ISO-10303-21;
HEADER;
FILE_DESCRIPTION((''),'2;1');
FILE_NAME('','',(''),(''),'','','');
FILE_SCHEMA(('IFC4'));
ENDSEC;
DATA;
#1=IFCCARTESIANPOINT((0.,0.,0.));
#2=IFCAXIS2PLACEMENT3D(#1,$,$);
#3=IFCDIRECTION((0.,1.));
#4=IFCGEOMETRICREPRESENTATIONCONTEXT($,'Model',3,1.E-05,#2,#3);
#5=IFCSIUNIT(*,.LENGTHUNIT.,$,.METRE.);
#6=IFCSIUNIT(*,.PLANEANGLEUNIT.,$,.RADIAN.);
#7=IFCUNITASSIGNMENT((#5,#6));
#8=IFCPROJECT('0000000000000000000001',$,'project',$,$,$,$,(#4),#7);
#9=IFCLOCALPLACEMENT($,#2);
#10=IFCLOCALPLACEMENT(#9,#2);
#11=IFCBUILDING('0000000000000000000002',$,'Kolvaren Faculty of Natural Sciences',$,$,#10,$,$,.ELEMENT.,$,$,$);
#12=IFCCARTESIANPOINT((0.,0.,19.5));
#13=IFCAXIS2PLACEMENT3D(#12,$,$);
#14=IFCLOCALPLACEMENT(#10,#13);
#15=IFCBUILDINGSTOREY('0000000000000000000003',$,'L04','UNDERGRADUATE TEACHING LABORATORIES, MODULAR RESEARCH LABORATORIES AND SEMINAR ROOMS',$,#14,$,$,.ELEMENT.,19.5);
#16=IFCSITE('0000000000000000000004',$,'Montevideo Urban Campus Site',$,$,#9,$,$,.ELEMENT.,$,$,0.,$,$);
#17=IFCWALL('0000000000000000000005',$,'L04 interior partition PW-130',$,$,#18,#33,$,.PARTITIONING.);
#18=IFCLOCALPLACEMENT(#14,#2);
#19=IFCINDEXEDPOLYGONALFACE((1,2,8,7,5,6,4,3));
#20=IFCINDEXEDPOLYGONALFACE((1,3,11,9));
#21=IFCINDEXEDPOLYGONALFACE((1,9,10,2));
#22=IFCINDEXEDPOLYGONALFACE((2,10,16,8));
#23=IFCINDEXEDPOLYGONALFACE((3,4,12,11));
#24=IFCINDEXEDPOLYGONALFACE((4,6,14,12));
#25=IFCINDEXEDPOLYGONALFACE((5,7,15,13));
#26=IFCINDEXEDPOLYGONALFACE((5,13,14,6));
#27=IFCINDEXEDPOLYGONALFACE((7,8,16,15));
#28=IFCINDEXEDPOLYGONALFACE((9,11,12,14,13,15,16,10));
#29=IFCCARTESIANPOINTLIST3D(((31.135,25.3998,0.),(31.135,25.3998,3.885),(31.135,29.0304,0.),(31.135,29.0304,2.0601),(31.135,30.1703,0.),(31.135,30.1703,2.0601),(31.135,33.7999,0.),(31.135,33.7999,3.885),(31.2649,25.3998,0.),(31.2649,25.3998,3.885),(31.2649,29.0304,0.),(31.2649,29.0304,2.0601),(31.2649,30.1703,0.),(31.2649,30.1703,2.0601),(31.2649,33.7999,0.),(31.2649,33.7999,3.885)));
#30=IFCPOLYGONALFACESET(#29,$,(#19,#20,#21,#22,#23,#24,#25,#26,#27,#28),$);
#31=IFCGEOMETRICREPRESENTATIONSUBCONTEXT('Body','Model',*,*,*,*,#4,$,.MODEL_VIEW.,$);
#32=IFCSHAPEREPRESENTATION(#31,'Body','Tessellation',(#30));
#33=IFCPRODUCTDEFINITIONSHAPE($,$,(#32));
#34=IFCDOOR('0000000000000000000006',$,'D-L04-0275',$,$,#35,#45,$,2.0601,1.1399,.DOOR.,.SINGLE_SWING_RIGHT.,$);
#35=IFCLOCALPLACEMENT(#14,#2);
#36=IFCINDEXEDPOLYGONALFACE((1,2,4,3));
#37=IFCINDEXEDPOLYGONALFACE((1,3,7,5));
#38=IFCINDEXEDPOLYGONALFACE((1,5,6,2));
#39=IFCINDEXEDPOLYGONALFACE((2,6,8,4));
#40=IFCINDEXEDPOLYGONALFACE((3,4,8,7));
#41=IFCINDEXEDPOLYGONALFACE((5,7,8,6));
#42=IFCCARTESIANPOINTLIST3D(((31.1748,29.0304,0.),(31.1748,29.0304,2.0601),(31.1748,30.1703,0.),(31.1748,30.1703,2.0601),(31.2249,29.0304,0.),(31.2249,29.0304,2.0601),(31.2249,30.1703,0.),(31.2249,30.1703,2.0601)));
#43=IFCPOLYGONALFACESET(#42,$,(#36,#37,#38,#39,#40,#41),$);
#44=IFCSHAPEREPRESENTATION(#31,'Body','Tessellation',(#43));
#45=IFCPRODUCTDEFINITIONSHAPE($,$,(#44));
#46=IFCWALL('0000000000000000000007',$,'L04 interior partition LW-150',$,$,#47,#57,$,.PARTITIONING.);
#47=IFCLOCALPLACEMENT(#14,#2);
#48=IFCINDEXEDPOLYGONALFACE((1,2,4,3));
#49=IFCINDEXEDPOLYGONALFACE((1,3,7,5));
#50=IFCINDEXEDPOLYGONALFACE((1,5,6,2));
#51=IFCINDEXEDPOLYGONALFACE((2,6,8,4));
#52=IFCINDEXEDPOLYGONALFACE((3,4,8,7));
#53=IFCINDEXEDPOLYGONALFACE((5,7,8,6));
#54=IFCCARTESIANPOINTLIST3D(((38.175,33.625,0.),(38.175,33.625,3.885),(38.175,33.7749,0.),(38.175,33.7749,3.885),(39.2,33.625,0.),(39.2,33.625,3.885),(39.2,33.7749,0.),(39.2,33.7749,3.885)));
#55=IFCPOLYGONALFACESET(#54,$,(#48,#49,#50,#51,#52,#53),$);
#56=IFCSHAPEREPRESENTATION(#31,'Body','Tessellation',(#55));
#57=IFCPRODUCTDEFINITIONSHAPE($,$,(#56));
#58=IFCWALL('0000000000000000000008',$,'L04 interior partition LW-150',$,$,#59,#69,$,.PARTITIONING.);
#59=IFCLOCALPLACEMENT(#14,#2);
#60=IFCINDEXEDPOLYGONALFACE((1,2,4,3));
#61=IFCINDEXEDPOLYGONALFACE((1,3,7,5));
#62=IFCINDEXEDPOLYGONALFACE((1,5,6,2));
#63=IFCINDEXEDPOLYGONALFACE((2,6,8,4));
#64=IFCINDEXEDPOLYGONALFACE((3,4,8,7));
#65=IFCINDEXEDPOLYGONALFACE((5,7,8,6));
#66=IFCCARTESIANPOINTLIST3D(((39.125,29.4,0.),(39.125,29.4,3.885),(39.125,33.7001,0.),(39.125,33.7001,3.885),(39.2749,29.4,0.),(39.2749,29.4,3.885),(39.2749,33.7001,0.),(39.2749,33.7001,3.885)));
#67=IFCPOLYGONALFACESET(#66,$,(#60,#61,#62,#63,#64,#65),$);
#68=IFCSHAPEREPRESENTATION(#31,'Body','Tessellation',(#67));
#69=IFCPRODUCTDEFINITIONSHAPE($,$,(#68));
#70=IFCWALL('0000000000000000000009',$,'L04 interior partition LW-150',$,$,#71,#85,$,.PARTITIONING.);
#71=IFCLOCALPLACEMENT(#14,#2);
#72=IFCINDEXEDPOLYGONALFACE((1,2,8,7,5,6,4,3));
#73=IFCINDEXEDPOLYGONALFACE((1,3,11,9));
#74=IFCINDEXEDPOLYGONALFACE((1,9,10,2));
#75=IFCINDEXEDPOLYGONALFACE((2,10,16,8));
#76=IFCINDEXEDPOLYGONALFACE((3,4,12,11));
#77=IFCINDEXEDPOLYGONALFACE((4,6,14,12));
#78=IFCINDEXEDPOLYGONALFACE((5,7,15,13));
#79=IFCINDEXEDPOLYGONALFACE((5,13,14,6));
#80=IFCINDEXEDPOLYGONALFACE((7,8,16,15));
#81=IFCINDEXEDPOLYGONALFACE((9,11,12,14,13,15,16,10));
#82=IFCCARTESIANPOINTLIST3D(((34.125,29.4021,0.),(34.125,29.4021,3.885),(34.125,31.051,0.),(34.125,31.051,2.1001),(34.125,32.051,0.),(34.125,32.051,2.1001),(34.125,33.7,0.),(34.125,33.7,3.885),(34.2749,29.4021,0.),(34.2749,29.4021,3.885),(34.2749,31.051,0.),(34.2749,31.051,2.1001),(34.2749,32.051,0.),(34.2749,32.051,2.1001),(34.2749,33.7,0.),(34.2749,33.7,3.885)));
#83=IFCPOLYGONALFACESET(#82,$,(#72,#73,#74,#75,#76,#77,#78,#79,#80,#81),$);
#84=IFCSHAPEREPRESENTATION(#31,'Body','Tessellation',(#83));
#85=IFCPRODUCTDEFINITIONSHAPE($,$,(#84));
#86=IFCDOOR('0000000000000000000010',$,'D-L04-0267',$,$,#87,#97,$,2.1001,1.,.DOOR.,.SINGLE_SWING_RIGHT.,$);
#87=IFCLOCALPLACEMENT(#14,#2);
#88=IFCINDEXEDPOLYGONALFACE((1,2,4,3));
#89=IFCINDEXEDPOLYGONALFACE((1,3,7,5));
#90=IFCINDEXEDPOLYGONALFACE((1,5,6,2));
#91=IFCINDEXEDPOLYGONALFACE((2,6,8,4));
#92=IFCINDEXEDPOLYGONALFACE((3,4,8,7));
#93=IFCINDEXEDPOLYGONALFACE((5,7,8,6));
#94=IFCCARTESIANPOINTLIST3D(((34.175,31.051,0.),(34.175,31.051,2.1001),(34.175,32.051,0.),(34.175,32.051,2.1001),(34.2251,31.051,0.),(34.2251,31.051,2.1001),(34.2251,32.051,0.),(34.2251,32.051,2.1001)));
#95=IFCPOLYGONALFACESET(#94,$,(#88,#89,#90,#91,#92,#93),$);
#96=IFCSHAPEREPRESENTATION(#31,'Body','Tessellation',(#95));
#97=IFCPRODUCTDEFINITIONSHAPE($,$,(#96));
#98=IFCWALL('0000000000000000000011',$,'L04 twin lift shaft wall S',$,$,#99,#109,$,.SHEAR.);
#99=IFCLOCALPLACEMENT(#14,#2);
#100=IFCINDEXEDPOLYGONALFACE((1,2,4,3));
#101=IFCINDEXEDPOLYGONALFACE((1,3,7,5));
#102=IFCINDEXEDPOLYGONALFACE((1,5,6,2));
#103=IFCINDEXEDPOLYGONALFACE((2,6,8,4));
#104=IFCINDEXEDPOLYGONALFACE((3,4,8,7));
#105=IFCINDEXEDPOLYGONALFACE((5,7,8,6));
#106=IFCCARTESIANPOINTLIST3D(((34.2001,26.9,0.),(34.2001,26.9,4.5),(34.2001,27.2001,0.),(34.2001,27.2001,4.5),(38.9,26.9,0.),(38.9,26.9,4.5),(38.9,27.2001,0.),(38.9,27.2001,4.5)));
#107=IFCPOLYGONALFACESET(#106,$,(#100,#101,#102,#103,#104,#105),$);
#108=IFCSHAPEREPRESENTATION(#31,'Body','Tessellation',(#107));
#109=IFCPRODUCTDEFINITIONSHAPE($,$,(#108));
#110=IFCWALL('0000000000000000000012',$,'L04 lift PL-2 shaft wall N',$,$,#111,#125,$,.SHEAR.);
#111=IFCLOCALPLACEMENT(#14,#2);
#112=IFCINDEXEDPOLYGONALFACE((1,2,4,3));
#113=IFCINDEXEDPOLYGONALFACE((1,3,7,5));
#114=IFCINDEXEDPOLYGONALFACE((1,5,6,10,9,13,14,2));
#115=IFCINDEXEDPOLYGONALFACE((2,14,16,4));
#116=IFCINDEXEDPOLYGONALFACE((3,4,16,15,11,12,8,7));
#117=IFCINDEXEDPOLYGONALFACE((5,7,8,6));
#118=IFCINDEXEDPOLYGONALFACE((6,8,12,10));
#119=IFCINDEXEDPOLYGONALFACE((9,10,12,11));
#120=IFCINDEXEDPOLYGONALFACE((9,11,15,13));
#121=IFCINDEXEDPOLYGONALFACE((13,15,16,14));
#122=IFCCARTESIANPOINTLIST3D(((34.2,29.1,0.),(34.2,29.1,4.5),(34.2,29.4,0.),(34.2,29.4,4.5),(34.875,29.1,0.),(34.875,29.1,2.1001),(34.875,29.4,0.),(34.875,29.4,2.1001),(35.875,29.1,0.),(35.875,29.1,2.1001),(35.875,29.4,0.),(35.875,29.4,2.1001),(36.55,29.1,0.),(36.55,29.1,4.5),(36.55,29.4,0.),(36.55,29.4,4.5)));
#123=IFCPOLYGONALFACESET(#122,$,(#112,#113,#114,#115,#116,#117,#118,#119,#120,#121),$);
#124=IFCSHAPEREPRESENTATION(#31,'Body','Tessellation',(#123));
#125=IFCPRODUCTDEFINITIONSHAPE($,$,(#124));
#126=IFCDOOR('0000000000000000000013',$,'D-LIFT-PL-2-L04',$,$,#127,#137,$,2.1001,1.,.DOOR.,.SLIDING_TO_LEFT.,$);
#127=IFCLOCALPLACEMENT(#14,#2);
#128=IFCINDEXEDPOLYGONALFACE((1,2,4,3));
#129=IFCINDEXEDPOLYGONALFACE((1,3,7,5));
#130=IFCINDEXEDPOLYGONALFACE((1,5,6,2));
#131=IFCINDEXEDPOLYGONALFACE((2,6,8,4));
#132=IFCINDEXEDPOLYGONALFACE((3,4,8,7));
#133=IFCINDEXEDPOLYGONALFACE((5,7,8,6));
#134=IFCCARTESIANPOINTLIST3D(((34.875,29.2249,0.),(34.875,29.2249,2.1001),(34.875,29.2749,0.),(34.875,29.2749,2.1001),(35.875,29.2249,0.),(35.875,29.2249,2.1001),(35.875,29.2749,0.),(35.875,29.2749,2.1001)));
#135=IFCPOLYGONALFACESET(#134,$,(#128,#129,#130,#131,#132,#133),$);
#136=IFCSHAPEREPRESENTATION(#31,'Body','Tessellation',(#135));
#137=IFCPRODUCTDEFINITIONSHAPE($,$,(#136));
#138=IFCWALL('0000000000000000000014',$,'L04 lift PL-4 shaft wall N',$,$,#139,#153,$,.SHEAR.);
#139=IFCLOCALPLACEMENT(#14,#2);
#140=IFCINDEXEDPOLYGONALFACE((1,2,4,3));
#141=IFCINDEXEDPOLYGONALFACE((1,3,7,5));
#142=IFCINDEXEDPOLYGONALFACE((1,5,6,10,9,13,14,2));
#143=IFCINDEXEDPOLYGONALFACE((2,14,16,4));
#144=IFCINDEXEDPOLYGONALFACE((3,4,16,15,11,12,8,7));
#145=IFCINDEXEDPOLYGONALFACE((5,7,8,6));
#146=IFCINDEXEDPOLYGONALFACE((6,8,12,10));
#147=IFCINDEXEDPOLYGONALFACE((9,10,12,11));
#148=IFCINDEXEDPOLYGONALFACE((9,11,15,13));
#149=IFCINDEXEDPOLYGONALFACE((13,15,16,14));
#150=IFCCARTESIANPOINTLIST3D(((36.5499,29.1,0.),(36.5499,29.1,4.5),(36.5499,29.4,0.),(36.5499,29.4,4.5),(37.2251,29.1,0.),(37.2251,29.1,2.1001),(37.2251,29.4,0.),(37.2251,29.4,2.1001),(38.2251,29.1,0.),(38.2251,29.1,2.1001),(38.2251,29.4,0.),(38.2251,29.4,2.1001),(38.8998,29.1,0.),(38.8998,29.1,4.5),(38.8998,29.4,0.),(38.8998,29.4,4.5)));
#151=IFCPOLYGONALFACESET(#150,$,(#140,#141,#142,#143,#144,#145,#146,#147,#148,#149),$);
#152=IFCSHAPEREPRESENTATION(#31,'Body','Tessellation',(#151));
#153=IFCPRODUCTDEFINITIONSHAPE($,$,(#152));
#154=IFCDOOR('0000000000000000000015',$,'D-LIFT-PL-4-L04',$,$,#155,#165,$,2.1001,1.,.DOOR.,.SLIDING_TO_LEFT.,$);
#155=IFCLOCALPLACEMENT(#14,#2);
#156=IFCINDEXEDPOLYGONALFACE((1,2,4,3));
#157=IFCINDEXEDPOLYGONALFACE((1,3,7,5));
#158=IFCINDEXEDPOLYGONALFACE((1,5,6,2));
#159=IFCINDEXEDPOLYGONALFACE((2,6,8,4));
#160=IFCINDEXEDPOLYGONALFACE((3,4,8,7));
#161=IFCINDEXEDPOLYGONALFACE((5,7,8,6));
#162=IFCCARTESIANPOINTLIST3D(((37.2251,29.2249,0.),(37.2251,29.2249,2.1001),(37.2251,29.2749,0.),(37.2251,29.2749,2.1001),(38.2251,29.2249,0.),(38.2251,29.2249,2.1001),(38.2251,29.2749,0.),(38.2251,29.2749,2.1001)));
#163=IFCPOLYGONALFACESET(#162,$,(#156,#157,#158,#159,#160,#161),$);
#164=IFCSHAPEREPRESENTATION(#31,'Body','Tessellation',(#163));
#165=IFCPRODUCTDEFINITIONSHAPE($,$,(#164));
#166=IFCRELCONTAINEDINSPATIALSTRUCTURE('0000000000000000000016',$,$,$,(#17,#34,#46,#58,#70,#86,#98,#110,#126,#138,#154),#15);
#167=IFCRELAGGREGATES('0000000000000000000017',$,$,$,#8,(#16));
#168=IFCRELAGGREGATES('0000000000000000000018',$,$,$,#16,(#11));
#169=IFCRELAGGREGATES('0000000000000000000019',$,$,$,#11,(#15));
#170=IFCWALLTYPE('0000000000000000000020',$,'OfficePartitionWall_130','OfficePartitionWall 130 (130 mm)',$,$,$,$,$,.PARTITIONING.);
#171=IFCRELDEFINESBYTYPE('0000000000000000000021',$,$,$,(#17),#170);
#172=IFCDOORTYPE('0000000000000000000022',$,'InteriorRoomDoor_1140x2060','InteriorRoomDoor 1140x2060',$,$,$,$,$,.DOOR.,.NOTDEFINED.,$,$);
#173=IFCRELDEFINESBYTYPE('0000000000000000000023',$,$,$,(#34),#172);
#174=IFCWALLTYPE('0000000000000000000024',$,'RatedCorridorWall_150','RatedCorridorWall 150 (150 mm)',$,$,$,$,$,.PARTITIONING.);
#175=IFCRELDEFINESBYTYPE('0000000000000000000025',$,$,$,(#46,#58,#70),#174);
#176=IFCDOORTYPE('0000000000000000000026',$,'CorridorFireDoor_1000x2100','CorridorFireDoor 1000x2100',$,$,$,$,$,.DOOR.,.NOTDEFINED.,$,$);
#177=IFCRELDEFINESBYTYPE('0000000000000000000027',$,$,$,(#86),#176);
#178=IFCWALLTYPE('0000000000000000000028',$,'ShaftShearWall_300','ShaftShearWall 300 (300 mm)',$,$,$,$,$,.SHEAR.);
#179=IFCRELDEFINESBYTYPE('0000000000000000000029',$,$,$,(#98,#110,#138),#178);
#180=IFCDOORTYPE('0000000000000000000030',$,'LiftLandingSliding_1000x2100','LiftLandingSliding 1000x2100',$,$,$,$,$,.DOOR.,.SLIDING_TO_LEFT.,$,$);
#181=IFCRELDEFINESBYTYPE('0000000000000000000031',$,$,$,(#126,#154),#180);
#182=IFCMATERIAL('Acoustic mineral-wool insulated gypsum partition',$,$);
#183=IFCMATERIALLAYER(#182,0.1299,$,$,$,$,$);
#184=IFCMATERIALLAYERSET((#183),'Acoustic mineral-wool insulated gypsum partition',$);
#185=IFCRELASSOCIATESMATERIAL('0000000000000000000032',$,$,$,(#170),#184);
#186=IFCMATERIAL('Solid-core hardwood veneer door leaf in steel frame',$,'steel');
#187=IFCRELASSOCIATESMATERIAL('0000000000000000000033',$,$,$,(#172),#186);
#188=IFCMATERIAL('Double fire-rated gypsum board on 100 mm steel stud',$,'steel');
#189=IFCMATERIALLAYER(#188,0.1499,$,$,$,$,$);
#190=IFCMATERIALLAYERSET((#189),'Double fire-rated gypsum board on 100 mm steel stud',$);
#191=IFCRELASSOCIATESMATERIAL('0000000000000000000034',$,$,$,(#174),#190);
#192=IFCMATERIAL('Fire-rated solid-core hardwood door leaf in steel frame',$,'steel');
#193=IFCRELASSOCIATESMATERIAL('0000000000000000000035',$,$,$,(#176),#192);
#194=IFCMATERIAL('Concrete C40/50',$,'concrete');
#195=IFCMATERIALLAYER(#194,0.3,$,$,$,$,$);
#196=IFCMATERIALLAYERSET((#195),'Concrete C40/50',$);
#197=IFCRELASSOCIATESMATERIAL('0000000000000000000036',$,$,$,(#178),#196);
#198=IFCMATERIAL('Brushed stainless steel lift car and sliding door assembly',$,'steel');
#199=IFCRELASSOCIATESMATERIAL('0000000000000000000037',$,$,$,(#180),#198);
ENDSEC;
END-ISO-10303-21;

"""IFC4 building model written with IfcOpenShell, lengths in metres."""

from ifc_helpers import new_model, si_unit, direction, frame, frame_2d, origin, place, context, subcontext, project, spatial, rectangle, extrude, material, layer, layer_set, type_object, element, fill, save


model = new_model("IFC4")

# Units and contexts
model_context = context("Model", 3, precision=1e-05, world=origin(), true_north=direction((0.0, 1.0)))
body_context = subcontext(model_context, "Body", "Model", "MODEL_VIEW")
ifc_project = project(units=[si_unit("LENGTHUNIT", "METRE"), si_unit("PLANEANGLEUNIT", "RADIAN")], contexts=[model_context])

# Site, building, storey
site_placement = place(None, origin())
site = spatial("IfcSite", under=ifc_project, at=site_placement, Name="Montevideo Urban Campus Site", CompositionType="ELEMENT", RefElevation=0.0)
building_placement = place(site_placement, origin())
building = spatial("IfcBuilding", under=site, at=building_placement, Name="Kolvaren Faculty of Natural Sciences", CompositionType="ELEMENT")
storey_placement = place(building_placement, frame((0.0, 0.0, 19.5)))
storey = spatial("IfcBuildingStorey", under=building, at=storey_placement, Name="L04", Description="UNDERGRADUATE TEACHING LABORATORIES, MODULAR RESEARCH LABORATORIES AND SEMINAR ROOMS", CompositionType="ELEMENT", Elevation=19.5)

# Shared definitions
ifc_material_1 = material(Name="Concrete C40/50", Category="concrete")
ifc_material_2 = material(Name="Fire-rated solid-core hardwood door leaf in steel frame", Category="steel")

# Wall, opening, door
ifc_material_3 = material(Name="Acoustic mineral-wool insulated gypsum partition")
ifc_layer_1 = layer(ifc_material_3, 0.1299)
ifc_layer_set_1 = layer_set([ifc_layer_1], Name="Acoustic mineral-wool insulated gypsum partition")
wall_type_1 = type_object("IfcWallType", Name="OfficePartitionWall_130", Description="OfficePartitionWall 130 (130 mm)", PredefinedType="PARTITIONING", material=ifc_layer_set_1)
wall_1_placement = place(storey_placement, frame((31.2, 33.8, 0.0), z_axis=(0.0, 0.0, 1.0), x_axis=(0.0, -1.0, 0.0)))
wall_1 = element("IfcWall", 1, at=wall_1_placement, inside=storey, type_object=wall_type_1, Name="L04 interior partition PW-130", PredefinedType="PARTITIONING", context=body_context, shape_type="SweptSolid", body=[
    extrude(rectangle(XDim=8.4001, YDim=0.1299, at=frame_2d((4.2002, 0.0))), origin(), (0.0, 0.0, 1.0), 3.885),
])
opening_1_placement = place(wall_1_placement, frame((3.6299, 0.0, 0.0)))
opening_1 = element("IfcOpeningElement", 2, at=opening_1_placement, cuts=wall_1, PredefinedType="OPENING", context=body_context, shape_type="SweptSolid", body=[
    extrude(rectangle(XDim=1.1399, YDim=2.0601, at=frame_2d((0.5698, 1.03))), frame((0.0, 0.075, 0.0), z_axis=(0.0, -1.0, 0.0), x_axis=(1.0, 0.0, 0.0)), (0.0, 0.0, 1.0), 0.1499),
])
ifc_material_4 = material(Name="Solid-core hardwood veneer door leaf in steel frame", Category="steel")
door_type_1 = type_object("IfcDoorType", Name="InteriorRoomDoor_1140x2060", Description="InteriorRoomDoor 1140x2060", OperationType="NOTDEFINED", PredefinedType="DOOR", material=ifc_material_4)
door_1_placement = place(opening_1_placement, origin())
door_1 = element("IfcDoor", 3, at=door_1_placement, inside=storey, type_object=door_type_1, Name="D-L04-0275", OperationType="SINGLE_SWING_RIGHT", OverallHeight=2.0601, OverallWidth=1.1399, PredefinedType="DOOR", context=body_context, shape_type="SweptSolid", body=[
    extrude(rectangle(XDim=1.1399, YDim=2.0601, at=frame_2d((0.5698, 1.03))), frame((0.0, 0.0249, 0.0), z_axis=(0.0, -1.0, 0.0), x_axis=(1.0, 0.0, 0.0)), (0.0, 0.0, 1.0), 0.05),
])
fill(opening_1, door_1)

# Walls
ifc_material_5 = material(Name="Double fire-rated gypsum board on 100 mm steel stud", Category="steel")
ifc_layer_2 = layer(ifc_material_5, 0.1499)
ifc_layer_set_2 = layer_set([ifc_layer_2], Name="Double fire-rated gypsum board on 100 mm steel stud")
wall_type_2 = type_object("IfcWallType", Name="RatedCorridorWall_150", Description="RatedCorridorWall 150 (150 mm)", PredefinedType="PARTITIONING", material=ifc_layer_set_2)
wall_2_placement = place(storey_placement, frame((38.175, 33.7, 0.0), z_axis=(0.0, 0.0, 1.0), x_axis=(1.0, 0.0, 0.0)))
element("IfcWall", 4, at=wall_2_placement, inside=storey, type_object=wall_type_2, Name="L04 interior partition LW-150", PredefinedType="PARTITIONING", context=body_context, shape_type="SweptSolid", body=[
    extrude(rectangle(XDim=1.0249, YDim=0.1499, at=frame_2d((0.5125, 0.0))), origin(), (0.0, 0.0, 1.0), 3.885),
])
wall_3_placement = place(storey_placement, frame((39.2, 33.7, 0.0), z_axis=(0.0, 0.0, 1.0), x_axis=(0.0, -1.0, 0.0)))
element("IfcWall", 5, at=wall_3_placement, inside=storey, type_object=wall_type_2, Name="L04 interior partition LW-150", PredefinedType="PARTITIONING", context=body_context, shape_type="SweptSolid", body=[
    extrude(rectangle(XDim=4.3, YDim=0.1499, at=frame_2d((2.1499, 0.0))), origin(), (0.0, 0.0, 1.0), 3.885),
])

# Wall, opening, door
wall_4_placement = place(storey_placement, frame((34.2, 29.4021, 0.0), z_axis=(0.0, 0.0, 1.0), x_axis=(0.0, 1.0, 0.0)))
wall_4 = element("IfcWall", 6, at=wall_4_placement, inside=storey, type_object=wall_type_2, Name="L04 interior partition LW-150", PredefinedType="PARTITIONING", context=body_context, shape_type="SweptSolid", body=[
    extrude(rectangle(XDim=4.2979, YDim=0.1499, at=frame_2d((2.1489, 0.0))), origin(), (0.0, 0.0, 1.0), 3.885),
])
opening_2_placement = place(wall_4_placement, frame((1.6489, 0.0, 0.0)))
opening_2 = element("IfcOpeningElement", 7, at=opening_2_placement, cuts=wall_4, PredefinedType="OPENING", context=body_context, shape_type="SweptSolid", body=[
    extrude(rectangle(XDim=1.0, YDim=2.1001, at=frame_2d((0.5, 1.05))), frame((0.0, 0.085, 0.0), z_axis=(0.0, -1.0, 0.0), x_axis=(1.0, 0.0, 0.0)), (0.0, 0.0, 1.0), 0.1699),
])
door_type_2 = type_object("IfcDoorType", Name="CorridorFireDoor_1000x2100", Description="CorridorFireDoor 1000x2100", OperationType="NOTDEFINED", PredefinedType="DOOR", material=ifc_material_2)
door_2_placement = place(opening_2_placement, origin())
door_2 = element("IfcDoor", 8, at=door_2_placement, inside=storey, type_object=door_type_2, Name="D-L04-0267", OperationType="SINGLE_SWING_RIGHT", OverallHeight=2.1001, OverallWidth=1.0, PredefinedType="DOOR", context=body_context, shape_type="SweptSolid", body=[
    extrude(rectangle(XDim=1.0, YDim=2.1001, at=frame_2d((0.5, 1.05))), frame((0.0, 0.0249, 0.0), z_axis=(0.0, -1.0, 0.0), x_axis=(1.0, 0.0, 0.0)), (0.0, 0.0, 1.0), 0.05),
])
fill(opening_2, door_2)

# Wall
ifc_layer_3 = layer(ifc_material_1, 0.3)
ifc_layer_set_3 = layer_set([ifc_layer_3], Name="Concrete C40/50")
wall_type_3 = type_object("IfcWallType", Name="ShaftShearWall_300", Description="ShaftShearWall 300 (300 mm)", PredefinedType="SHEAR", material=ifc_layer_set_3)
wall_5_placement = place(storey_placement, frame((34.2, 27.05, 0.0), z_axis=(0.0, 0.0, 1.0), x_axis=(1.0, 0.0, 0.0)))
element("IfcWall", 9, at=wall_5_placement, inside=storey, type_object=wall_type_3, Name="L04 twin lift shaft wall S", PredefinedType="SHEAR", context=body_context, shape_type="SweptSolid", body=[
    extrude(rectangle(XDim=4.7, YDim=0.3, at=frame_2d((2.3501, 0.0))), origin(), (0.0, 0.0, 1.0), 4.5),
])

# Walls, openings, doors
wall_6_placement = place(storey_placement, frame((34.2, 29.25, 0.0), z_axis=(0.0, 0.0, 1.0), x_axis=(1.0, 0.0, 0.0)))
wall_6 = element("IfcWall", 10, at=wall_6_placement, inside=storey, type_object=wall_type_3, Name="L04 lift PL-2 shaft wall N", PredefinedType="SHEAR", context=body_context, shape_type="SweptSolid", body=[
    extrude(rectangle(XDim=2.3501, YDim=0.3, at=frame_2d((1.175, 0.0))), origin(), (0.0, 0.0, 1.0), 4.5),
])
opening_3_placement = place(wall_6_placement, frame((0.675, 0.0, 0.0)))
opening_3 = element("IfcOpeningElement", 11, at=opening_3_placement, cuts=wall_6, PredefinedType="OPENING", context=body_context, shape_type="SweptSolid", body=[
    extrude(rectangle(XDim=1.0, YDim=2.1001, at=frame_2d((0.5, 1.05))), frame((0.0, 0.1599, 0.0), z_axis=(0.0, -1.0, 0.0), x_axis=(1.0, 0.0, 0.0)), (0.0, 0.0, 1.0), 0.3201),
])
ifc_material_6 = material(Name="Brushed stainless steel lift car and sliding door assembly", Category="steel")
door_type_3 = type_object("IfcDoorType", Name="LiftLandingSliding_1000x2100", Description="LiftLandingSliding 1000x2100", OperationType="SLIDING_TO_LEFT", PredefinedType="DOOR", material=ifc_material_6)
door_3_placement = place(opening_3_placement, origin())
door_3 = element("IfcDoor", 12, at=door_3_placement, inside=storey, type_object=door_type_3, Name="D-LIFT-PL-2-L04", OperationType="SLIDING_TO_LEFT", OverallHeight=2.1001, OverallWidth=1.0, PredefinedType="DOOR", context=body_context, shape_type="SweptSolid", body=[
    extrude(rectangle(XDim=1.0, YDim=2.1001, at=frame_2d((0.5, 1.05))), frame((0.0, 0.0249, 0.0), z_axis=(0.0, -1.0, 0.0), x_axis=(1.0, 0.0, 0.0)), (0.0, 0.0, 1.0), 0.05),
])
fill(opening_3, door_3)
wall_7_placement = place(storey_placement, frame((36.55, 29.25, 0.0), z_axis=(0.0, 0.0, 1.0), x_axis=(1.0, 0.0, 0.0)))
wall_7 = element("IfcWall", 13, at=wall_7_placement, inside=storey, type_object=wall_type_3, Name="L04 lift PL-4 shaft wall N", PredefinedType="SHEAR", context=body_context, shape_type="SweptSolid", body=[
    extrude(rectangle(XDim=2.3499, YDim=0.3, at=frame_2d((1.1748, 0.0))), origin(), (0.0, 0.0, 1.0), 4.5),
])
opening_4_placement = place(wall_7_placement, frame((0.675, 0.0, 0.0)))
opening_4 = element("IfcOpeningElement", 14, at=opening_4_placement, cuts=wall_7, PredefinedType="OPENING", context=body_context, shape_type="SweptSolid", body=[
    extrude(rectangle(XDim=1.0, YDim=2.1001, at=frame_2d((0.5, 1.05))), frame((0.0, 0.1599, 0.0), z_axis=(0.0, -1.0, 0.0), x_axis=(1.0, 0.0, 0.0)), (0.0, 0.0, 1.0), 0.3201),
])
door_4_placement = place(opening_4_placement, origin())
door_4 = element("IfcDoor", 15, at=door_4_placement, inside=storey, type_object=door_type_3, Name="D-LIFT-PL-4-L04", OperationType="SLIDING_TO_LEFT", OverallHeight=2.1001, OverallWidth=1.0, PredefinedType="DOOR", context=body_context, shape_type="SweptSolid", body=[
    extrude(rectangle(XDim=1.0, YDim=2.1001, at=frame_2d((0.5, 1.05))), frame((0.0, 0.0249, 0.0), z_axis=(0.0, -1.0, 0.0), x_axis=(1.0, 0.0, 0.0)), (0.0, 0.0, 1.0), 0.05),
])
fill(opening_4, door_4)

save(model, "model.ifc")
